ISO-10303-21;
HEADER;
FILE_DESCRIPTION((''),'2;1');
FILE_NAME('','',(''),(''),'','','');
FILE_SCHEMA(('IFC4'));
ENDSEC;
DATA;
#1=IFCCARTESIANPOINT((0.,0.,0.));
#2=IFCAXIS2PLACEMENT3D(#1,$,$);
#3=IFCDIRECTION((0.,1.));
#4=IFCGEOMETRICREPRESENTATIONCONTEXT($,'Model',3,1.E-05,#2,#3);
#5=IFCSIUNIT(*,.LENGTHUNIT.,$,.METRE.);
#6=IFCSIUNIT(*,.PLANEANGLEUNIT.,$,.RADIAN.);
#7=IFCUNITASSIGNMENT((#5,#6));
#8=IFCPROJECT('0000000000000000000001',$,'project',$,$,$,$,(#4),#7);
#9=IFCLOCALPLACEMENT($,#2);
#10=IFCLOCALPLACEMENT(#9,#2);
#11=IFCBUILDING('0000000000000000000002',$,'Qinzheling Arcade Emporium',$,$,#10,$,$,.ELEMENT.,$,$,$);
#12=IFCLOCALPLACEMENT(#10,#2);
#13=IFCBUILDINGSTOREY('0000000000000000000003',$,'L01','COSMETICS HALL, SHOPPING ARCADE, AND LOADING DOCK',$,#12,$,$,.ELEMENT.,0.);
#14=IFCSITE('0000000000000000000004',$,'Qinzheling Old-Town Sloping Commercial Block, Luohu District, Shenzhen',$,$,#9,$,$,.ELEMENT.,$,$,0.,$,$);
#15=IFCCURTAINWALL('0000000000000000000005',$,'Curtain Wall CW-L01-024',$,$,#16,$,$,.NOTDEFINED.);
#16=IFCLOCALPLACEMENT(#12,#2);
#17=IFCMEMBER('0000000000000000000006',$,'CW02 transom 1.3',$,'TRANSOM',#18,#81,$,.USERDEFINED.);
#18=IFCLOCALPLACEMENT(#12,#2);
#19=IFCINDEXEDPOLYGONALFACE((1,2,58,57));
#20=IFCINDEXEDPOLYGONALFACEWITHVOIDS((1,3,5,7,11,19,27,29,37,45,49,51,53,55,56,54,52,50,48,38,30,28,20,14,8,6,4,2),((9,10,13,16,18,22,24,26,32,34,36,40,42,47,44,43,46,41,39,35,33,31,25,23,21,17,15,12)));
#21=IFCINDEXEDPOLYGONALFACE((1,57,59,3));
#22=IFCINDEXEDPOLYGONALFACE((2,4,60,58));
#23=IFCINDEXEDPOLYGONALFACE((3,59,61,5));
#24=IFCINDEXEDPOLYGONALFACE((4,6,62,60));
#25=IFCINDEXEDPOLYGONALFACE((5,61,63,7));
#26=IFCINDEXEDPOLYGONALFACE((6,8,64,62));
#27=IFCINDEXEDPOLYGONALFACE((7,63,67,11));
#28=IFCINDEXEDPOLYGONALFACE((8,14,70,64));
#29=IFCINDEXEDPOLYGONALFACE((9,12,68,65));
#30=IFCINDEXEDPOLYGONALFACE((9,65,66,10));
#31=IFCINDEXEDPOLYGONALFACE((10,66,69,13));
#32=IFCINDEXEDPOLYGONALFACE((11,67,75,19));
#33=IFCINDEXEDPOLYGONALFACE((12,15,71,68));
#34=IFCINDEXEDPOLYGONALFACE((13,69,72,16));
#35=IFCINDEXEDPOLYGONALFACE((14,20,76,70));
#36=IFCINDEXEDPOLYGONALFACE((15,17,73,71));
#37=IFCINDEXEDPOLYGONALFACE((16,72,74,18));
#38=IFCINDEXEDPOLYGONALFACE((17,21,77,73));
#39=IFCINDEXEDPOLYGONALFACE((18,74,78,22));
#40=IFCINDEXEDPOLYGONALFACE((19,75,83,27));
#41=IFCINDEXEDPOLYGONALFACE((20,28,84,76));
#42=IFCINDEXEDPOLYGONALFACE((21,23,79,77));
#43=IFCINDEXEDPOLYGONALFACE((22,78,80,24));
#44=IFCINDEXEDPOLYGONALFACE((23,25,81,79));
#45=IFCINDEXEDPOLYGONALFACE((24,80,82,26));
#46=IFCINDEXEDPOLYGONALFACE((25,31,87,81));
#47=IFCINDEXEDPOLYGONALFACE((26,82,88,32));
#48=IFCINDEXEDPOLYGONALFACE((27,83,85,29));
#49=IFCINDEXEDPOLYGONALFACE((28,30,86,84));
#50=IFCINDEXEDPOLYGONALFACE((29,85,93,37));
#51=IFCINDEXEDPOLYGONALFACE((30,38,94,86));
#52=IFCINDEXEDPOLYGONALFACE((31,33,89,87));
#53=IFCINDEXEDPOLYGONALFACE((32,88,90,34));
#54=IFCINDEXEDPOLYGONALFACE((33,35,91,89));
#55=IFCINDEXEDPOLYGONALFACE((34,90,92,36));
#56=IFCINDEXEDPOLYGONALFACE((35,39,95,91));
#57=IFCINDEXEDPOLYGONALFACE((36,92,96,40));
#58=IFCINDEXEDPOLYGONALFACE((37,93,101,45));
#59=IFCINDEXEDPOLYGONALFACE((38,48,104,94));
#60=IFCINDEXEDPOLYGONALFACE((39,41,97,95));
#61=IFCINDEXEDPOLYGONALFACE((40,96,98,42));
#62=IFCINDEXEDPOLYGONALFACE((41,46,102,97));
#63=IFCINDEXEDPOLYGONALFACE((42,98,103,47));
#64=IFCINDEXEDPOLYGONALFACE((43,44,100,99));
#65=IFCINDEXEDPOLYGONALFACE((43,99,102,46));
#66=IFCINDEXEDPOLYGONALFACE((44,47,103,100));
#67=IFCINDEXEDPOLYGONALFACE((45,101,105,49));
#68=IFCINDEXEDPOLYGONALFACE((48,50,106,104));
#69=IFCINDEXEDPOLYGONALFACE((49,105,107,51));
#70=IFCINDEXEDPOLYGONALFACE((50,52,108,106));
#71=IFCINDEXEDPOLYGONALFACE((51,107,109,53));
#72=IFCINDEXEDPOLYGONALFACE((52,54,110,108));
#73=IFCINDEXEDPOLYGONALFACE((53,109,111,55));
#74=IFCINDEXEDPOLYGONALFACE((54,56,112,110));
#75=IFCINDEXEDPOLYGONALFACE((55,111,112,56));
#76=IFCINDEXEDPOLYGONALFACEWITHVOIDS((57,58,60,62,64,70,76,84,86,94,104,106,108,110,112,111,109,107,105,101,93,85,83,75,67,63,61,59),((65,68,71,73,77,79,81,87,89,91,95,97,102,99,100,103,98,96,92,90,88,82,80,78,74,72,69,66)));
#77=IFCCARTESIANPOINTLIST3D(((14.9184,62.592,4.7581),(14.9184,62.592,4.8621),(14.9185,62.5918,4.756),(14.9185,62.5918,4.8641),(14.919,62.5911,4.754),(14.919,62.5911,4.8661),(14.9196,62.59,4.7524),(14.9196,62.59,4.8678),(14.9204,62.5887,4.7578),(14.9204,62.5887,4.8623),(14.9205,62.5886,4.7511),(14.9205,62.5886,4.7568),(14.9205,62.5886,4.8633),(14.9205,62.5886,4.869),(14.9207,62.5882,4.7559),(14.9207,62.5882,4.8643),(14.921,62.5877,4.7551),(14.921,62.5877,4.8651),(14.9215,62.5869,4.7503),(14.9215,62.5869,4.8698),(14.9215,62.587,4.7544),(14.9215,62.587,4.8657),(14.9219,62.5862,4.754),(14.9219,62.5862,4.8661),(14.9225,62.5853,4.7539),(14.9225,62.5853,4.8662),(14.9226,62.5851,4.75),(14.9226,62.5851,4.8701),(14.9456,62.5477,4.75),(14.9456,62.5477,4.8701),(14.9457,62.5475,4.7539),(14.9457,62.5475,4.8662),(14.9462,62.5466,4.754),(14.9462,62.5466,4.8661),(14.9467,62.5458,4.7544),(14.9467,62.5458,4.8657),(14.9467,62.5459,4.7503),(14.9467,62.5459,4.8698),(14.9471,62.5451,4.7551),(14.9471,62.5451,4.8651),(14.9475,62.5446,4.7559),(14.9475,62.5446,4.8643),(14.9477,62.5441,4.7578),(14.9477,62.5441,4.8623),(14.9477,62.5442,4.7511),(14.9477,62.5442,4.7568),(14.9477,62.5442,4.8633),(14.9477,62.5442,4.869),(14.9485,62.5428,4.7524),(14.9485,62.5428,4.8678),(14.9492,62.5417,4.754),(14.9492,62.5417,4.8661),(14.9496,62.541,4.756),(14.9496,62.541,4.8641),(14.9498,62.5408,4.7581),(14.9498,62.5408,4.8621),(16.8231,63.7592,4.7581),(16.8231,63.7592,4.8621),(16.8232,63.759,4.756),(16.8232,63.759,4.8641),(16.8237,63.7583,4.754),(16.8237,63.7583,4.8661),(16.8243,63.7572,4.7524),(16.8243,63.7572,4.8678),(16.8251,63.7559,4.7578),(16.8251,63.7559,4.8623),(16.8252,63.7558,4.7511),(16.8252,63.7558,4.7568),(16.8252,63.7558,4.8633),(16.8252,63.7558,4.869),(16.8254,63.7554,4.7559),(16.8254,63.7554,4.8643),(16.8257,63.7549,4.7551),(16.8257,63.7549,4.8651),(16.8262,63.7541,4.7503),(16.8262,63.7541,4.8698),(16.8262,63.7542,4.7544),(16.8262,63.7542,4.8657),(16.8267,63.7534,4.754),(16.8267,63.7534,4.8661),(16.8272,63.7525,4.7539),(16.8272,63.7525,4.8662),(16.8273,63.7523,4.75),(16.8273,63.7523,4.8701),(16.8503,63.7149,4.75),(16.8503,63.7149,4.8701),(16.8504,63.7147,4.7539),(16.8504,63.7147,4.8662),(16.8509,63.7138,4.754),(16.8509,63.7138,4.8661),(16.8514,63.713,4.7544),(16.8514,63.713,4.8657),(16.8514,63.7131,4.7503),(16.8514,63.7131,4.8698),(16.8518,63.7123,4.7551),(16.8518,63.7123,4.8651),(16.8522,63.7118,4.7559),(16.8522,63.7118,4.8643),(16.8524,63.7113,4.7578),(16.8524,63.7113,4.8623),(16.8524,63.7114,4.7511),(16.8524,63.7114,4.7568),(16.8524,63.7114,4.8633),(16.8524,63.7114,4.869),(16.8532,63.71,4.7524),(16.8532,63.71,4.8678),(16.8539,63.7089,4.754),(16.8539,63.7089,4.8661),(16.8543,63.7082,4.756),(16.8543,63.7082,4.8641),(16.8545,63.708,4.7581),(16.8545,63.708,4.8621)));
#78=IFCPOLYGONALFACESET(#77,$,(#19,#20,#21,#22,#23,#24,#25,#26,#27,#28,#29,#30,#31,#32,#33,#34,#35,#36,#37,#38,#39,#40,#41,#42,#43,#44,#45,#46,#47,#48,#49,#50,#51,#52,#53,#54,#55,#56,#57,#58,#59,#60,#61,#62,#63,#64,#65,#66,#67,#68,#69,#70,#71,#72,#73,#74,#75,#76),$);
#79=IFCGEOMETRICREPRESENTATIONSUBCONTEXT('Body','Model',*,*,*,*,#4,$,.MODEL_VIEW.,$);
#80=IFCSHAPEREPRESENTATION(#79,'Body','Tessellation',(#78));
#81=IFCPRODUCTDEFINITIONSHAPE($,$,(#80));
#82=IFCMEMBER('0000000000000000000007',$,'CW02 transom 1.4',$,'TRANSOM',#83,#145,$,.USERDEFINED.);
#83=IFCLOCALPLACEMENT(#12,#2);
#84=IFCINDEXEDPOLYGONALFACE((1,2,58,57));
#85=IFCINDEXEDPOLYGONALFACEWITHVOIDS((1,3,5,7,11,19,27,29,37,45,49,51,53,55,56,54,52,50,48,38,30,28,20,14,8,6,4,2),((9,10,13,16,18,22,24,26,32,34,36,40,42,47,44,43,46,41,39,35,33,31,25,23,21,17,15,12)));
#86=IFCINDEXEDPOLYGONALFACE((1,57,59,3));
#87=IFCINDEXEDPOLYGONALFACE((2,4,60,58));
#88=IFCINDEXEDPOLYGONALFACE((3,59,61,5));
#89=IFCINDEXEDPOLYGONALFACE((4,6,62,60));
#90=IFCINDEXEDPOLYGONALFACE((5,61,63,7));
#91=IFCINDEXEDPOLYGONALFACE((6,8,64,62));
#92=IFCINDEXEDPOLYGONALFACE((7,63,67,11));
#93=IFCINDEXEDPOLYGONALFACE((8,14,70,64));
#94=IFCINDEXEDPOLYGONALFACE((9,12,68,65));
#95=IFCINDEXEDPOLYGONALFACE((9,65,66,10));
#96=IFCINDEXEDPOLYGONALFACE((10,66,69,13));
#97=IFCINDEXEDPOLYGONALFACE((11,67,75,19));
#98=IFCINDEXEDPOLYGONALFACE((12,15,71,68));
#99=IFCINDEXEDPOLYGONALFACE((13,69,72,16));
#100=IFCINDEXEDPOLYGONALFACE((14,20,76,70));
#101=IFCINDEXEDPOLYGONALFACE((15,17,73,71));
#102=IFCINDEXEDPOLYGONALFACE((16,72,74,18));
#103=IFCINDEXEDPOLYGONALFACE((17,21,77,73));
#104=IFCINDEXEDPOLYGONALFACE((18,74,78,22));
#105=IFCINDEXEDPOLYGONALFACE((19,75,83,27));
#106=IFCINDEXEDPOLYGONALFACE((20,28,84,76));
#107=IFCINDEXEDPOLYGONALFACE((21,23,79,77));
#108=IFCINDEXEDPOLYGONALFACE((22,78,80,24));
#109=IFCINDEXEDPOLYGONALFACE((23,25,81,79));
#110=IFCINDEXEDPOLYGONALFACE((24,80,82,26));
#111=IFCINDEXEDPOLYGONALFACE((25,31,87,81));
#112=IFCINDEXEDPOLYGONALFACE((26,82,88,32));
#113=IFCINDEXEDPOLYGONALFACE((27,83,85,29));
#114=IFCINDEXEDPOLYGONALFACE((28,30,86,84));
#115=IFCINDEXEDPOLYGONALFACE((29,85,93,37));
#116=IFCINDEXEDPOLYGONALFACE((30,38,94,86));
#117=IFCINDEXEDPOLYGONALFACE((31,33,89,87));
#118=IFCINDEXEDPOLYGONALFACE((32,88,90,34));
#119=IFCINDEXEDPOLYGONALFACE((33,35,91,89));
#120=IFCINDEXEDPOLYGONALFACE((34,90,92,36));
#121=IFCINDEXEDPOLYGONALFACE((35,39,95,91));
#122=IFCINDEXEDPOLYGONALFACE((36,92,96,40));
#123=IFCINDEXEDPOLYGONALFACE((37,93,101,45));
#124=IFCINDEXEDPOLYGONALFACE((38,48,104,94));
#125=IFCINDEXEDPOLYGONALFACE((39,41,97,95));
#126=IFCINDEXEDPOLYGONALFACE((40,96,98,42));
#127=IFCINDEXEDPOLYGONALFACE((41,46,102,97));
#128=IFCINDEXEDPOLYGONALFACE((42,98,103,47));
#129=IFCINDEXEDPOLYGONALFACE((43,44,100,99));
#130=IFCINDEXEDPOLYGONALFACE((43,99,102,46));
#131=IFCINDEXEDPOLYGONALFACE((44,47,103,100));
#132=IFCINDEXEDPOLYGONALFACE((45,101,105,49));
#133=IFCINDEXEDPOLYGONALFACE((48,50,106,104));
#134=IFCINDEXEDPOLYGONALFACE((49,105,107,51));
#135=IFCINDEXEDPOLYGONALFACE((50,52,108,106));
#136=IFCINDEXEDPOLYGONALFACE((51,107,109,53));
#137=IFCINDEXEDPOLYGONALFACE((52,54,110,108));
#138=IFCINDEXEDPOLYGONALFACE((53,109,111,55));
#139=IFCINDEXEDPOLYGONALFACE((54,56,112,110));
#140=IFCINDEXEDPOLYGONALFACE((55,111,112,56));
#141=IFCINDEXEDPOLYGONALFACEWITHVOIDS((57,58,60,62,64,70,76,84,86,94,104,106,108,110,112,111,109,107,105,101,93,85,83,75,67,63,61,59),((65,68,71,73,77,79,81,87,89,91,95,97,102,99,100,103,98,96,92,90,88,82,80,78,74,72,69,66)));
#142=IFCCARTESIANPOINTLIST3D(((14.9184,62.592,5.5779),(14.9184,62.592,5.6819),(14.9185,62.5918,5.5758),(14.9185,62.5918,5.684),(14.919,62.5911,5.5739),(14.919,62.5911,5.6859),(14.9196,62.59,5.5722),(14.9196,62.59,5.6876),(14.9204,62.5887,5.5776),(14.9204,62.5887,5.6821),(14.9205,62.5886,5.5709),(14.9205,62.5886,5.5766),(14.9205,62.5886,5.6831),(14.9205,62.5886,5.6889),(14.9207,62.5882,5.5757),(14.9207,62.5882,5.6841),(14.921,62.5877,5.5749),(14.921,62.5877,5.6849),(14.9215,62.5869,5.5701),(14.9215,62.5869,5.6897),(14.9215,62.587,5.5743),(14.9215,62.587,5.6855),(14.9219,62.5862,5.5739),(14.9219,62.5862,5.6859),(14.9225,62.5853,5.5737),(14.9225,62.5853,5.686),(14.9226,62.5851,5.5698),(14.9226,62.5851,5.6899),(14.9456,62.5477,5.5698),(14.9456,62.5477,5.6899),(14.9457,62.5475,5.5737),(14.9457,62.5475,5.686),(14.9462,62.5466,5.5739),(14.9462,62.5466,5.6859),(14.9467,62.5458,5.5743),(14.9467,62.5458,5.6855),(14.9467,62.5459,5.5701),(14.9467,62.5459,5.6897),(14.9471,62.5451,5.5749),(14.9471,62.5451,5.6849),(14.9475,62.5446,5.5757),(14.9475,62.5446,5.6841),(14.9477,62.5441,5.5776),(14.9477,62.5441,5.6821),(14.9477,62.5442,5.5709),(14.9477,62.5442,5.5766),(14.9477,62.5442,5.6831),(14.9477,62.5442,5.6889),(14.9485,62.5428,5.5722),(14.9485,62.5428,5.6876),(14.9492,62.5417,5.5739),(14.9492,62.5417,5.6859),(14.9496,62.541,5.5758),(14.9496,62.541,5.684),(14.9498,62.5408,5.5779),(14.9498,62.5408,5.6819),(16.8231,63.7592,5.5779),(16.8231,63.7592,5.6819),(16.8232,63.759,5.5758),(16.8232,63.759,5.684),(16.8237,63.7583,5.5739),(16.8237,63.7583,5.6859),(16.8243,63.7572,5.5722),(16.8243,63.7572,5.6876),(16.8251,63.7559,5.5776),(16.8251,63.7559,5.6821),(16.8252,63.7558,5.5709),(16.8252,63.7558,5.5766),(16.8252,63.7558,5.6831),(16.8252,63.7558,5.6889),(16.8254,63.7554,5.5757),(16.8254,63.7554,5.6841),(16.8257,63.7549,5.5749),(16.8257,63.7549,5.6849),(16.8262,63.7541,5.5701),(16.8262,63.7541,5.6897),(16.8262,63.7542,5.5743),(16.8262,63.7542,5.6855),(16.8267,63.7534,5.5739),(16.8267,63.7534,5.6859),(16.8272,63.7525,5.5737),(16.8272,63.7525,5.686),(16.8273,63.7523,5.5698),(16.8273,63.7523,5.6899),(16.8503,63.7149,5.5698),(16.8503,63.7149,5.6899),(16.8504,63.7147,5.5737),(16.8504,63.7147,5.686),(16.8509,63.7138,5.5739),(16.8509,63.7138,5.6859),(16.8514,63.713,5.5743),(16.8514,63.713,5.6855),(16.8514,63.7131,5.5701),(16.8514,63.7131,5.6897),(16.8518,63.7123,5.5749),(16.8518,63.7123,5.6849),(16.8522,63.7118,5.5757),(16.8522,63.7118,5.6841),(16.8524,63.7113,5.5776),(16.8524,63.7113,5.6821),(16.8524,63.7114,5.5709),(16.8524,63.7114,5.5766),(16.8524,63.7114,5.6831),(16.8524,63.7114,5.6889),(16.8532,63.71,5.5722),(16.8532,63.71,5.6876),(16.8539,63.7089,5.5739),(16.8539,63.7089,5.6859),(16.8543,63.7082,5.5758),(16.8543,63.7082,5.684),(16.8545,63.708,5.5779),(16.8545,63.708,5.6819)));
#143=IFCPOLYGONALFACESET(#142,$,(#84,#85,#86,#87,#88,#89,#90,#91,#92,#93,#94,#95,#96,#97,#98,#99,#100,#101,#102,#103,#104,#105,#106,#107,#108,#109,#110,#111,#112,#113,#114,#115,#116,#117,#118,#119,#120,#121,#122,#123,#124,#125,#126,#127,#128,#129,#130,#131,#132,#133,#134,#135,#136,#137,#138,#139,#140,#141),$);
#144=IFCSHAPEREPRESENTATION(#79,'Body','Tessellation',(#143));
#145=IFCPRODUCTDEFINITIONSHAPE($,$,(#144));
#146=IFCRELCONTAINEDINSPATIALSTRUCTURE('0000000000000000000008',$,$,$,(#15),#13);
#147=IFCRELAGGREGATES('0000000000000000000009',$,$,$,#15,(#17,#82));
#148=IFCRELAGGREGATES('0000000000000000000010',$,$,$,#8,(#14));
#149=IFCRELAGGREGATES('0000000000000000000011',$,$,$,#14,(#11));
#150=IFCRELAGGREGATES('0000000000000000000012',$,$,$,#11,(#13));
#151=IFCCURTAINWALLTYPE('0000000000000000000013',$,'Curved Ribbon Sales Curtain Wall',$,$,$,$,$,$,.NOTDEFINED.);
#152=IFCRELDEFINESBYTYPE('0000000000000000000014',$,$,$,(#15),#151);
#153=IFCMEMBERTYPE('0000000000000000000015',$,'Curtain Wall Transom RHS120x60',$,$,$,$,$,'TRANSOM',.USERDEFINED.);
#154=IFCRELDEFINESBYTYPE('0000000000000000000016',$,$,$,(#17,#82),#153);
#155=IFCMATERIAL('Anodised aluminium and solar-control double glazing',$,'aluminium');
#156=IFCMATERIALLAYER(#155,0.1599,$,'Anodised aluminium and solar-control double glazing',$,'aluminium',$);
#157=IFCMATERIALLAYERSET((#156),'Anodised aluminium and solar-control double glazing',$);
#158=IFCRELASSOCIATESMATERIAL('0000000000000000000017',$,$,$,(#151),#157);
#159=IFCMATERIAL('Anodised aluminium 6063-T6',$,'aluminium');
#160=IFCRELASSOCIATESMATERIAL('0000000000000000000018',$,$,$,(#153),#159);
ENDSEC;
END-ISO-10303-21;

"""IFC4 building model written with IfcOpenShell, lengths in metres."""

from ifc_helpers import new_model, si_unit, direction, frame, origin, origin_2d, place, context, subcontext, project, spatial, hollow_rectangle, extrude, material, layer, layer_set, material_profile, profile_set, type_object, element, aggregate, save


model = new_model("IFC4")

# Units and contexts
model_context = context("Model", 3, precision=1e-05, world=origin(), true_north=direction((0.0, 1.0)))
body_context = subcontext(model_context, "Body", "Model", "MODEL_VIEW")
ifc_project = project(units=[si_unit("LENGTHUNIT", "METRE"), si_unit("PLANEANGLEUNIT", "RADIAN")], contexts=[model_context])

# Site, building, storey
site_placement = place(None, origin())
site = spatial("IfcSite", under=ifc_project, at=site_placement, Name="Qinzheling Old-Town Sloping Commercial Block, Luohu District, Shenzhen", CompositionType="ELEMENT", RefElevation=0.0)
building_placement = place(site_placement, origin())
building = spatial("IfcBuilding", under=site, at=building_placement, Name="Qinzheling Arcade Emporium", CompositionType="ELEMENT")
storey_placement = place(building_placement, origin())
storey = spatial("IfcBuildingStorey", under=building, at=storey_placement, Name="L01", Description="COSMETICS HALL, SHOPPING ARCADE, AND LOADING DOCK", CompositionType="ELEMENT", Elevation=0.0)

# Curtain wall
ifc_material_1 = material(Name="Anodised aluminium and solar-control double glazing", Category="aluminium")
ifc_layer_1 = layer(ifc_material_1, 0.1599, Name="Anodised aluminium and solar-control double glazing", Category="aluminium")
ifc_layer_set_1 = layer_set([ifc_layer_1], Name="Anodised aluminium and solar-control double glazing")
curtain_wall_type = type_object("IfcCurtainWallType", Name="Curved Ribbon Sales Curtain Wall", PredefinedType="NOTDEFINED", material=ifc_layer_set_1)
curtain_wall_1_placement = place(storey_placement, origin())
curtain_wall_1 = element("IfcCurtainWall", 1, at=curtain_wall_1_placement, inside=storey, type_object=curtain_wall_type, Name="Curtain Wall CW-L01-024", PredefinedType="NOTDEFINED")
ifc_material_2 = material(Name="Anodised aluminium 6063-T6", Category="aluminium")

# Members
ifc_material_profile_1 = material_profile(ifc_material_2, hollow_rectangle(XDim=0.0601, YDim=0.1201, WallThickness=0.0039, InnerFilletRadius=0.0039, OuterFilletRadius=0.0081, at=origin_2d()), Name="RHS 120x60x4", Category="aluminium")
ifc_profile_set_1 = profile_set([ifc_material_profile_1], Name="Anodised aluminium 6063-T6")
member_type_1 = type_object("IfcMemberType", Name="Curtain Wall Transom RHS120x60", ElementType="TRANSOM", PredefinedType="USERDEFINED", material=ifc_profile_set_1)
member_1_placement = place(storey_placement, frame((14.9341, 62.5664, 4.8101), z_axis=(0.852644, 0.522493, 0.0), x_axis=(-0.522493, 0.852644, 0.0)))
member_1 = element("IfcMember", 2, at=member_1_placement, type_object=member_type_1, Name="CW02 transom 1.3", ObjectType="TRANSOM", PredefinedType="USERDEFINED", context=body_context, shape_type="SweptSolid", body=[
    extrude(hollow_rectangle(XDim=0.0601, YDim=0.1201, WallThickness=0.0039, InnerFilletRadius=0.0039, OuterFilletRadius=0.0081, at=origin_2d()), origin(), (0.0, 0.0, 1.0), 2.2339),
])
member_2_placement = place(storey_placement, frame((14.9341, 62.5664, 5.6299), z_axis=(0.852644, 0.522493, 0.0), x_axis=(-0.522493, 0.852644, 0.0)))
member_2 = element("IfcMember", 3, at=member_2_placement, type_object=member_type_1, Name="CW02 transom 1.4", ObjectType="TRANSOM", PredefinedType="USERDEFINED", context=body_context, shape_type="SweptSolid", body=[
    extrude(hollow_rectangle(XDim=0.0601, YDim=0.1201, WallThickness=0.0039, InnerFilletRadius=0.0039, OuterFilletRadius=0.0081, at=origin_2d()), origin(), (0.0, 0.0, 1.0), 2.2339),
])

aggregate(curtain_wall_1, [member_1, member_2])

save(model, "model.ifc")
